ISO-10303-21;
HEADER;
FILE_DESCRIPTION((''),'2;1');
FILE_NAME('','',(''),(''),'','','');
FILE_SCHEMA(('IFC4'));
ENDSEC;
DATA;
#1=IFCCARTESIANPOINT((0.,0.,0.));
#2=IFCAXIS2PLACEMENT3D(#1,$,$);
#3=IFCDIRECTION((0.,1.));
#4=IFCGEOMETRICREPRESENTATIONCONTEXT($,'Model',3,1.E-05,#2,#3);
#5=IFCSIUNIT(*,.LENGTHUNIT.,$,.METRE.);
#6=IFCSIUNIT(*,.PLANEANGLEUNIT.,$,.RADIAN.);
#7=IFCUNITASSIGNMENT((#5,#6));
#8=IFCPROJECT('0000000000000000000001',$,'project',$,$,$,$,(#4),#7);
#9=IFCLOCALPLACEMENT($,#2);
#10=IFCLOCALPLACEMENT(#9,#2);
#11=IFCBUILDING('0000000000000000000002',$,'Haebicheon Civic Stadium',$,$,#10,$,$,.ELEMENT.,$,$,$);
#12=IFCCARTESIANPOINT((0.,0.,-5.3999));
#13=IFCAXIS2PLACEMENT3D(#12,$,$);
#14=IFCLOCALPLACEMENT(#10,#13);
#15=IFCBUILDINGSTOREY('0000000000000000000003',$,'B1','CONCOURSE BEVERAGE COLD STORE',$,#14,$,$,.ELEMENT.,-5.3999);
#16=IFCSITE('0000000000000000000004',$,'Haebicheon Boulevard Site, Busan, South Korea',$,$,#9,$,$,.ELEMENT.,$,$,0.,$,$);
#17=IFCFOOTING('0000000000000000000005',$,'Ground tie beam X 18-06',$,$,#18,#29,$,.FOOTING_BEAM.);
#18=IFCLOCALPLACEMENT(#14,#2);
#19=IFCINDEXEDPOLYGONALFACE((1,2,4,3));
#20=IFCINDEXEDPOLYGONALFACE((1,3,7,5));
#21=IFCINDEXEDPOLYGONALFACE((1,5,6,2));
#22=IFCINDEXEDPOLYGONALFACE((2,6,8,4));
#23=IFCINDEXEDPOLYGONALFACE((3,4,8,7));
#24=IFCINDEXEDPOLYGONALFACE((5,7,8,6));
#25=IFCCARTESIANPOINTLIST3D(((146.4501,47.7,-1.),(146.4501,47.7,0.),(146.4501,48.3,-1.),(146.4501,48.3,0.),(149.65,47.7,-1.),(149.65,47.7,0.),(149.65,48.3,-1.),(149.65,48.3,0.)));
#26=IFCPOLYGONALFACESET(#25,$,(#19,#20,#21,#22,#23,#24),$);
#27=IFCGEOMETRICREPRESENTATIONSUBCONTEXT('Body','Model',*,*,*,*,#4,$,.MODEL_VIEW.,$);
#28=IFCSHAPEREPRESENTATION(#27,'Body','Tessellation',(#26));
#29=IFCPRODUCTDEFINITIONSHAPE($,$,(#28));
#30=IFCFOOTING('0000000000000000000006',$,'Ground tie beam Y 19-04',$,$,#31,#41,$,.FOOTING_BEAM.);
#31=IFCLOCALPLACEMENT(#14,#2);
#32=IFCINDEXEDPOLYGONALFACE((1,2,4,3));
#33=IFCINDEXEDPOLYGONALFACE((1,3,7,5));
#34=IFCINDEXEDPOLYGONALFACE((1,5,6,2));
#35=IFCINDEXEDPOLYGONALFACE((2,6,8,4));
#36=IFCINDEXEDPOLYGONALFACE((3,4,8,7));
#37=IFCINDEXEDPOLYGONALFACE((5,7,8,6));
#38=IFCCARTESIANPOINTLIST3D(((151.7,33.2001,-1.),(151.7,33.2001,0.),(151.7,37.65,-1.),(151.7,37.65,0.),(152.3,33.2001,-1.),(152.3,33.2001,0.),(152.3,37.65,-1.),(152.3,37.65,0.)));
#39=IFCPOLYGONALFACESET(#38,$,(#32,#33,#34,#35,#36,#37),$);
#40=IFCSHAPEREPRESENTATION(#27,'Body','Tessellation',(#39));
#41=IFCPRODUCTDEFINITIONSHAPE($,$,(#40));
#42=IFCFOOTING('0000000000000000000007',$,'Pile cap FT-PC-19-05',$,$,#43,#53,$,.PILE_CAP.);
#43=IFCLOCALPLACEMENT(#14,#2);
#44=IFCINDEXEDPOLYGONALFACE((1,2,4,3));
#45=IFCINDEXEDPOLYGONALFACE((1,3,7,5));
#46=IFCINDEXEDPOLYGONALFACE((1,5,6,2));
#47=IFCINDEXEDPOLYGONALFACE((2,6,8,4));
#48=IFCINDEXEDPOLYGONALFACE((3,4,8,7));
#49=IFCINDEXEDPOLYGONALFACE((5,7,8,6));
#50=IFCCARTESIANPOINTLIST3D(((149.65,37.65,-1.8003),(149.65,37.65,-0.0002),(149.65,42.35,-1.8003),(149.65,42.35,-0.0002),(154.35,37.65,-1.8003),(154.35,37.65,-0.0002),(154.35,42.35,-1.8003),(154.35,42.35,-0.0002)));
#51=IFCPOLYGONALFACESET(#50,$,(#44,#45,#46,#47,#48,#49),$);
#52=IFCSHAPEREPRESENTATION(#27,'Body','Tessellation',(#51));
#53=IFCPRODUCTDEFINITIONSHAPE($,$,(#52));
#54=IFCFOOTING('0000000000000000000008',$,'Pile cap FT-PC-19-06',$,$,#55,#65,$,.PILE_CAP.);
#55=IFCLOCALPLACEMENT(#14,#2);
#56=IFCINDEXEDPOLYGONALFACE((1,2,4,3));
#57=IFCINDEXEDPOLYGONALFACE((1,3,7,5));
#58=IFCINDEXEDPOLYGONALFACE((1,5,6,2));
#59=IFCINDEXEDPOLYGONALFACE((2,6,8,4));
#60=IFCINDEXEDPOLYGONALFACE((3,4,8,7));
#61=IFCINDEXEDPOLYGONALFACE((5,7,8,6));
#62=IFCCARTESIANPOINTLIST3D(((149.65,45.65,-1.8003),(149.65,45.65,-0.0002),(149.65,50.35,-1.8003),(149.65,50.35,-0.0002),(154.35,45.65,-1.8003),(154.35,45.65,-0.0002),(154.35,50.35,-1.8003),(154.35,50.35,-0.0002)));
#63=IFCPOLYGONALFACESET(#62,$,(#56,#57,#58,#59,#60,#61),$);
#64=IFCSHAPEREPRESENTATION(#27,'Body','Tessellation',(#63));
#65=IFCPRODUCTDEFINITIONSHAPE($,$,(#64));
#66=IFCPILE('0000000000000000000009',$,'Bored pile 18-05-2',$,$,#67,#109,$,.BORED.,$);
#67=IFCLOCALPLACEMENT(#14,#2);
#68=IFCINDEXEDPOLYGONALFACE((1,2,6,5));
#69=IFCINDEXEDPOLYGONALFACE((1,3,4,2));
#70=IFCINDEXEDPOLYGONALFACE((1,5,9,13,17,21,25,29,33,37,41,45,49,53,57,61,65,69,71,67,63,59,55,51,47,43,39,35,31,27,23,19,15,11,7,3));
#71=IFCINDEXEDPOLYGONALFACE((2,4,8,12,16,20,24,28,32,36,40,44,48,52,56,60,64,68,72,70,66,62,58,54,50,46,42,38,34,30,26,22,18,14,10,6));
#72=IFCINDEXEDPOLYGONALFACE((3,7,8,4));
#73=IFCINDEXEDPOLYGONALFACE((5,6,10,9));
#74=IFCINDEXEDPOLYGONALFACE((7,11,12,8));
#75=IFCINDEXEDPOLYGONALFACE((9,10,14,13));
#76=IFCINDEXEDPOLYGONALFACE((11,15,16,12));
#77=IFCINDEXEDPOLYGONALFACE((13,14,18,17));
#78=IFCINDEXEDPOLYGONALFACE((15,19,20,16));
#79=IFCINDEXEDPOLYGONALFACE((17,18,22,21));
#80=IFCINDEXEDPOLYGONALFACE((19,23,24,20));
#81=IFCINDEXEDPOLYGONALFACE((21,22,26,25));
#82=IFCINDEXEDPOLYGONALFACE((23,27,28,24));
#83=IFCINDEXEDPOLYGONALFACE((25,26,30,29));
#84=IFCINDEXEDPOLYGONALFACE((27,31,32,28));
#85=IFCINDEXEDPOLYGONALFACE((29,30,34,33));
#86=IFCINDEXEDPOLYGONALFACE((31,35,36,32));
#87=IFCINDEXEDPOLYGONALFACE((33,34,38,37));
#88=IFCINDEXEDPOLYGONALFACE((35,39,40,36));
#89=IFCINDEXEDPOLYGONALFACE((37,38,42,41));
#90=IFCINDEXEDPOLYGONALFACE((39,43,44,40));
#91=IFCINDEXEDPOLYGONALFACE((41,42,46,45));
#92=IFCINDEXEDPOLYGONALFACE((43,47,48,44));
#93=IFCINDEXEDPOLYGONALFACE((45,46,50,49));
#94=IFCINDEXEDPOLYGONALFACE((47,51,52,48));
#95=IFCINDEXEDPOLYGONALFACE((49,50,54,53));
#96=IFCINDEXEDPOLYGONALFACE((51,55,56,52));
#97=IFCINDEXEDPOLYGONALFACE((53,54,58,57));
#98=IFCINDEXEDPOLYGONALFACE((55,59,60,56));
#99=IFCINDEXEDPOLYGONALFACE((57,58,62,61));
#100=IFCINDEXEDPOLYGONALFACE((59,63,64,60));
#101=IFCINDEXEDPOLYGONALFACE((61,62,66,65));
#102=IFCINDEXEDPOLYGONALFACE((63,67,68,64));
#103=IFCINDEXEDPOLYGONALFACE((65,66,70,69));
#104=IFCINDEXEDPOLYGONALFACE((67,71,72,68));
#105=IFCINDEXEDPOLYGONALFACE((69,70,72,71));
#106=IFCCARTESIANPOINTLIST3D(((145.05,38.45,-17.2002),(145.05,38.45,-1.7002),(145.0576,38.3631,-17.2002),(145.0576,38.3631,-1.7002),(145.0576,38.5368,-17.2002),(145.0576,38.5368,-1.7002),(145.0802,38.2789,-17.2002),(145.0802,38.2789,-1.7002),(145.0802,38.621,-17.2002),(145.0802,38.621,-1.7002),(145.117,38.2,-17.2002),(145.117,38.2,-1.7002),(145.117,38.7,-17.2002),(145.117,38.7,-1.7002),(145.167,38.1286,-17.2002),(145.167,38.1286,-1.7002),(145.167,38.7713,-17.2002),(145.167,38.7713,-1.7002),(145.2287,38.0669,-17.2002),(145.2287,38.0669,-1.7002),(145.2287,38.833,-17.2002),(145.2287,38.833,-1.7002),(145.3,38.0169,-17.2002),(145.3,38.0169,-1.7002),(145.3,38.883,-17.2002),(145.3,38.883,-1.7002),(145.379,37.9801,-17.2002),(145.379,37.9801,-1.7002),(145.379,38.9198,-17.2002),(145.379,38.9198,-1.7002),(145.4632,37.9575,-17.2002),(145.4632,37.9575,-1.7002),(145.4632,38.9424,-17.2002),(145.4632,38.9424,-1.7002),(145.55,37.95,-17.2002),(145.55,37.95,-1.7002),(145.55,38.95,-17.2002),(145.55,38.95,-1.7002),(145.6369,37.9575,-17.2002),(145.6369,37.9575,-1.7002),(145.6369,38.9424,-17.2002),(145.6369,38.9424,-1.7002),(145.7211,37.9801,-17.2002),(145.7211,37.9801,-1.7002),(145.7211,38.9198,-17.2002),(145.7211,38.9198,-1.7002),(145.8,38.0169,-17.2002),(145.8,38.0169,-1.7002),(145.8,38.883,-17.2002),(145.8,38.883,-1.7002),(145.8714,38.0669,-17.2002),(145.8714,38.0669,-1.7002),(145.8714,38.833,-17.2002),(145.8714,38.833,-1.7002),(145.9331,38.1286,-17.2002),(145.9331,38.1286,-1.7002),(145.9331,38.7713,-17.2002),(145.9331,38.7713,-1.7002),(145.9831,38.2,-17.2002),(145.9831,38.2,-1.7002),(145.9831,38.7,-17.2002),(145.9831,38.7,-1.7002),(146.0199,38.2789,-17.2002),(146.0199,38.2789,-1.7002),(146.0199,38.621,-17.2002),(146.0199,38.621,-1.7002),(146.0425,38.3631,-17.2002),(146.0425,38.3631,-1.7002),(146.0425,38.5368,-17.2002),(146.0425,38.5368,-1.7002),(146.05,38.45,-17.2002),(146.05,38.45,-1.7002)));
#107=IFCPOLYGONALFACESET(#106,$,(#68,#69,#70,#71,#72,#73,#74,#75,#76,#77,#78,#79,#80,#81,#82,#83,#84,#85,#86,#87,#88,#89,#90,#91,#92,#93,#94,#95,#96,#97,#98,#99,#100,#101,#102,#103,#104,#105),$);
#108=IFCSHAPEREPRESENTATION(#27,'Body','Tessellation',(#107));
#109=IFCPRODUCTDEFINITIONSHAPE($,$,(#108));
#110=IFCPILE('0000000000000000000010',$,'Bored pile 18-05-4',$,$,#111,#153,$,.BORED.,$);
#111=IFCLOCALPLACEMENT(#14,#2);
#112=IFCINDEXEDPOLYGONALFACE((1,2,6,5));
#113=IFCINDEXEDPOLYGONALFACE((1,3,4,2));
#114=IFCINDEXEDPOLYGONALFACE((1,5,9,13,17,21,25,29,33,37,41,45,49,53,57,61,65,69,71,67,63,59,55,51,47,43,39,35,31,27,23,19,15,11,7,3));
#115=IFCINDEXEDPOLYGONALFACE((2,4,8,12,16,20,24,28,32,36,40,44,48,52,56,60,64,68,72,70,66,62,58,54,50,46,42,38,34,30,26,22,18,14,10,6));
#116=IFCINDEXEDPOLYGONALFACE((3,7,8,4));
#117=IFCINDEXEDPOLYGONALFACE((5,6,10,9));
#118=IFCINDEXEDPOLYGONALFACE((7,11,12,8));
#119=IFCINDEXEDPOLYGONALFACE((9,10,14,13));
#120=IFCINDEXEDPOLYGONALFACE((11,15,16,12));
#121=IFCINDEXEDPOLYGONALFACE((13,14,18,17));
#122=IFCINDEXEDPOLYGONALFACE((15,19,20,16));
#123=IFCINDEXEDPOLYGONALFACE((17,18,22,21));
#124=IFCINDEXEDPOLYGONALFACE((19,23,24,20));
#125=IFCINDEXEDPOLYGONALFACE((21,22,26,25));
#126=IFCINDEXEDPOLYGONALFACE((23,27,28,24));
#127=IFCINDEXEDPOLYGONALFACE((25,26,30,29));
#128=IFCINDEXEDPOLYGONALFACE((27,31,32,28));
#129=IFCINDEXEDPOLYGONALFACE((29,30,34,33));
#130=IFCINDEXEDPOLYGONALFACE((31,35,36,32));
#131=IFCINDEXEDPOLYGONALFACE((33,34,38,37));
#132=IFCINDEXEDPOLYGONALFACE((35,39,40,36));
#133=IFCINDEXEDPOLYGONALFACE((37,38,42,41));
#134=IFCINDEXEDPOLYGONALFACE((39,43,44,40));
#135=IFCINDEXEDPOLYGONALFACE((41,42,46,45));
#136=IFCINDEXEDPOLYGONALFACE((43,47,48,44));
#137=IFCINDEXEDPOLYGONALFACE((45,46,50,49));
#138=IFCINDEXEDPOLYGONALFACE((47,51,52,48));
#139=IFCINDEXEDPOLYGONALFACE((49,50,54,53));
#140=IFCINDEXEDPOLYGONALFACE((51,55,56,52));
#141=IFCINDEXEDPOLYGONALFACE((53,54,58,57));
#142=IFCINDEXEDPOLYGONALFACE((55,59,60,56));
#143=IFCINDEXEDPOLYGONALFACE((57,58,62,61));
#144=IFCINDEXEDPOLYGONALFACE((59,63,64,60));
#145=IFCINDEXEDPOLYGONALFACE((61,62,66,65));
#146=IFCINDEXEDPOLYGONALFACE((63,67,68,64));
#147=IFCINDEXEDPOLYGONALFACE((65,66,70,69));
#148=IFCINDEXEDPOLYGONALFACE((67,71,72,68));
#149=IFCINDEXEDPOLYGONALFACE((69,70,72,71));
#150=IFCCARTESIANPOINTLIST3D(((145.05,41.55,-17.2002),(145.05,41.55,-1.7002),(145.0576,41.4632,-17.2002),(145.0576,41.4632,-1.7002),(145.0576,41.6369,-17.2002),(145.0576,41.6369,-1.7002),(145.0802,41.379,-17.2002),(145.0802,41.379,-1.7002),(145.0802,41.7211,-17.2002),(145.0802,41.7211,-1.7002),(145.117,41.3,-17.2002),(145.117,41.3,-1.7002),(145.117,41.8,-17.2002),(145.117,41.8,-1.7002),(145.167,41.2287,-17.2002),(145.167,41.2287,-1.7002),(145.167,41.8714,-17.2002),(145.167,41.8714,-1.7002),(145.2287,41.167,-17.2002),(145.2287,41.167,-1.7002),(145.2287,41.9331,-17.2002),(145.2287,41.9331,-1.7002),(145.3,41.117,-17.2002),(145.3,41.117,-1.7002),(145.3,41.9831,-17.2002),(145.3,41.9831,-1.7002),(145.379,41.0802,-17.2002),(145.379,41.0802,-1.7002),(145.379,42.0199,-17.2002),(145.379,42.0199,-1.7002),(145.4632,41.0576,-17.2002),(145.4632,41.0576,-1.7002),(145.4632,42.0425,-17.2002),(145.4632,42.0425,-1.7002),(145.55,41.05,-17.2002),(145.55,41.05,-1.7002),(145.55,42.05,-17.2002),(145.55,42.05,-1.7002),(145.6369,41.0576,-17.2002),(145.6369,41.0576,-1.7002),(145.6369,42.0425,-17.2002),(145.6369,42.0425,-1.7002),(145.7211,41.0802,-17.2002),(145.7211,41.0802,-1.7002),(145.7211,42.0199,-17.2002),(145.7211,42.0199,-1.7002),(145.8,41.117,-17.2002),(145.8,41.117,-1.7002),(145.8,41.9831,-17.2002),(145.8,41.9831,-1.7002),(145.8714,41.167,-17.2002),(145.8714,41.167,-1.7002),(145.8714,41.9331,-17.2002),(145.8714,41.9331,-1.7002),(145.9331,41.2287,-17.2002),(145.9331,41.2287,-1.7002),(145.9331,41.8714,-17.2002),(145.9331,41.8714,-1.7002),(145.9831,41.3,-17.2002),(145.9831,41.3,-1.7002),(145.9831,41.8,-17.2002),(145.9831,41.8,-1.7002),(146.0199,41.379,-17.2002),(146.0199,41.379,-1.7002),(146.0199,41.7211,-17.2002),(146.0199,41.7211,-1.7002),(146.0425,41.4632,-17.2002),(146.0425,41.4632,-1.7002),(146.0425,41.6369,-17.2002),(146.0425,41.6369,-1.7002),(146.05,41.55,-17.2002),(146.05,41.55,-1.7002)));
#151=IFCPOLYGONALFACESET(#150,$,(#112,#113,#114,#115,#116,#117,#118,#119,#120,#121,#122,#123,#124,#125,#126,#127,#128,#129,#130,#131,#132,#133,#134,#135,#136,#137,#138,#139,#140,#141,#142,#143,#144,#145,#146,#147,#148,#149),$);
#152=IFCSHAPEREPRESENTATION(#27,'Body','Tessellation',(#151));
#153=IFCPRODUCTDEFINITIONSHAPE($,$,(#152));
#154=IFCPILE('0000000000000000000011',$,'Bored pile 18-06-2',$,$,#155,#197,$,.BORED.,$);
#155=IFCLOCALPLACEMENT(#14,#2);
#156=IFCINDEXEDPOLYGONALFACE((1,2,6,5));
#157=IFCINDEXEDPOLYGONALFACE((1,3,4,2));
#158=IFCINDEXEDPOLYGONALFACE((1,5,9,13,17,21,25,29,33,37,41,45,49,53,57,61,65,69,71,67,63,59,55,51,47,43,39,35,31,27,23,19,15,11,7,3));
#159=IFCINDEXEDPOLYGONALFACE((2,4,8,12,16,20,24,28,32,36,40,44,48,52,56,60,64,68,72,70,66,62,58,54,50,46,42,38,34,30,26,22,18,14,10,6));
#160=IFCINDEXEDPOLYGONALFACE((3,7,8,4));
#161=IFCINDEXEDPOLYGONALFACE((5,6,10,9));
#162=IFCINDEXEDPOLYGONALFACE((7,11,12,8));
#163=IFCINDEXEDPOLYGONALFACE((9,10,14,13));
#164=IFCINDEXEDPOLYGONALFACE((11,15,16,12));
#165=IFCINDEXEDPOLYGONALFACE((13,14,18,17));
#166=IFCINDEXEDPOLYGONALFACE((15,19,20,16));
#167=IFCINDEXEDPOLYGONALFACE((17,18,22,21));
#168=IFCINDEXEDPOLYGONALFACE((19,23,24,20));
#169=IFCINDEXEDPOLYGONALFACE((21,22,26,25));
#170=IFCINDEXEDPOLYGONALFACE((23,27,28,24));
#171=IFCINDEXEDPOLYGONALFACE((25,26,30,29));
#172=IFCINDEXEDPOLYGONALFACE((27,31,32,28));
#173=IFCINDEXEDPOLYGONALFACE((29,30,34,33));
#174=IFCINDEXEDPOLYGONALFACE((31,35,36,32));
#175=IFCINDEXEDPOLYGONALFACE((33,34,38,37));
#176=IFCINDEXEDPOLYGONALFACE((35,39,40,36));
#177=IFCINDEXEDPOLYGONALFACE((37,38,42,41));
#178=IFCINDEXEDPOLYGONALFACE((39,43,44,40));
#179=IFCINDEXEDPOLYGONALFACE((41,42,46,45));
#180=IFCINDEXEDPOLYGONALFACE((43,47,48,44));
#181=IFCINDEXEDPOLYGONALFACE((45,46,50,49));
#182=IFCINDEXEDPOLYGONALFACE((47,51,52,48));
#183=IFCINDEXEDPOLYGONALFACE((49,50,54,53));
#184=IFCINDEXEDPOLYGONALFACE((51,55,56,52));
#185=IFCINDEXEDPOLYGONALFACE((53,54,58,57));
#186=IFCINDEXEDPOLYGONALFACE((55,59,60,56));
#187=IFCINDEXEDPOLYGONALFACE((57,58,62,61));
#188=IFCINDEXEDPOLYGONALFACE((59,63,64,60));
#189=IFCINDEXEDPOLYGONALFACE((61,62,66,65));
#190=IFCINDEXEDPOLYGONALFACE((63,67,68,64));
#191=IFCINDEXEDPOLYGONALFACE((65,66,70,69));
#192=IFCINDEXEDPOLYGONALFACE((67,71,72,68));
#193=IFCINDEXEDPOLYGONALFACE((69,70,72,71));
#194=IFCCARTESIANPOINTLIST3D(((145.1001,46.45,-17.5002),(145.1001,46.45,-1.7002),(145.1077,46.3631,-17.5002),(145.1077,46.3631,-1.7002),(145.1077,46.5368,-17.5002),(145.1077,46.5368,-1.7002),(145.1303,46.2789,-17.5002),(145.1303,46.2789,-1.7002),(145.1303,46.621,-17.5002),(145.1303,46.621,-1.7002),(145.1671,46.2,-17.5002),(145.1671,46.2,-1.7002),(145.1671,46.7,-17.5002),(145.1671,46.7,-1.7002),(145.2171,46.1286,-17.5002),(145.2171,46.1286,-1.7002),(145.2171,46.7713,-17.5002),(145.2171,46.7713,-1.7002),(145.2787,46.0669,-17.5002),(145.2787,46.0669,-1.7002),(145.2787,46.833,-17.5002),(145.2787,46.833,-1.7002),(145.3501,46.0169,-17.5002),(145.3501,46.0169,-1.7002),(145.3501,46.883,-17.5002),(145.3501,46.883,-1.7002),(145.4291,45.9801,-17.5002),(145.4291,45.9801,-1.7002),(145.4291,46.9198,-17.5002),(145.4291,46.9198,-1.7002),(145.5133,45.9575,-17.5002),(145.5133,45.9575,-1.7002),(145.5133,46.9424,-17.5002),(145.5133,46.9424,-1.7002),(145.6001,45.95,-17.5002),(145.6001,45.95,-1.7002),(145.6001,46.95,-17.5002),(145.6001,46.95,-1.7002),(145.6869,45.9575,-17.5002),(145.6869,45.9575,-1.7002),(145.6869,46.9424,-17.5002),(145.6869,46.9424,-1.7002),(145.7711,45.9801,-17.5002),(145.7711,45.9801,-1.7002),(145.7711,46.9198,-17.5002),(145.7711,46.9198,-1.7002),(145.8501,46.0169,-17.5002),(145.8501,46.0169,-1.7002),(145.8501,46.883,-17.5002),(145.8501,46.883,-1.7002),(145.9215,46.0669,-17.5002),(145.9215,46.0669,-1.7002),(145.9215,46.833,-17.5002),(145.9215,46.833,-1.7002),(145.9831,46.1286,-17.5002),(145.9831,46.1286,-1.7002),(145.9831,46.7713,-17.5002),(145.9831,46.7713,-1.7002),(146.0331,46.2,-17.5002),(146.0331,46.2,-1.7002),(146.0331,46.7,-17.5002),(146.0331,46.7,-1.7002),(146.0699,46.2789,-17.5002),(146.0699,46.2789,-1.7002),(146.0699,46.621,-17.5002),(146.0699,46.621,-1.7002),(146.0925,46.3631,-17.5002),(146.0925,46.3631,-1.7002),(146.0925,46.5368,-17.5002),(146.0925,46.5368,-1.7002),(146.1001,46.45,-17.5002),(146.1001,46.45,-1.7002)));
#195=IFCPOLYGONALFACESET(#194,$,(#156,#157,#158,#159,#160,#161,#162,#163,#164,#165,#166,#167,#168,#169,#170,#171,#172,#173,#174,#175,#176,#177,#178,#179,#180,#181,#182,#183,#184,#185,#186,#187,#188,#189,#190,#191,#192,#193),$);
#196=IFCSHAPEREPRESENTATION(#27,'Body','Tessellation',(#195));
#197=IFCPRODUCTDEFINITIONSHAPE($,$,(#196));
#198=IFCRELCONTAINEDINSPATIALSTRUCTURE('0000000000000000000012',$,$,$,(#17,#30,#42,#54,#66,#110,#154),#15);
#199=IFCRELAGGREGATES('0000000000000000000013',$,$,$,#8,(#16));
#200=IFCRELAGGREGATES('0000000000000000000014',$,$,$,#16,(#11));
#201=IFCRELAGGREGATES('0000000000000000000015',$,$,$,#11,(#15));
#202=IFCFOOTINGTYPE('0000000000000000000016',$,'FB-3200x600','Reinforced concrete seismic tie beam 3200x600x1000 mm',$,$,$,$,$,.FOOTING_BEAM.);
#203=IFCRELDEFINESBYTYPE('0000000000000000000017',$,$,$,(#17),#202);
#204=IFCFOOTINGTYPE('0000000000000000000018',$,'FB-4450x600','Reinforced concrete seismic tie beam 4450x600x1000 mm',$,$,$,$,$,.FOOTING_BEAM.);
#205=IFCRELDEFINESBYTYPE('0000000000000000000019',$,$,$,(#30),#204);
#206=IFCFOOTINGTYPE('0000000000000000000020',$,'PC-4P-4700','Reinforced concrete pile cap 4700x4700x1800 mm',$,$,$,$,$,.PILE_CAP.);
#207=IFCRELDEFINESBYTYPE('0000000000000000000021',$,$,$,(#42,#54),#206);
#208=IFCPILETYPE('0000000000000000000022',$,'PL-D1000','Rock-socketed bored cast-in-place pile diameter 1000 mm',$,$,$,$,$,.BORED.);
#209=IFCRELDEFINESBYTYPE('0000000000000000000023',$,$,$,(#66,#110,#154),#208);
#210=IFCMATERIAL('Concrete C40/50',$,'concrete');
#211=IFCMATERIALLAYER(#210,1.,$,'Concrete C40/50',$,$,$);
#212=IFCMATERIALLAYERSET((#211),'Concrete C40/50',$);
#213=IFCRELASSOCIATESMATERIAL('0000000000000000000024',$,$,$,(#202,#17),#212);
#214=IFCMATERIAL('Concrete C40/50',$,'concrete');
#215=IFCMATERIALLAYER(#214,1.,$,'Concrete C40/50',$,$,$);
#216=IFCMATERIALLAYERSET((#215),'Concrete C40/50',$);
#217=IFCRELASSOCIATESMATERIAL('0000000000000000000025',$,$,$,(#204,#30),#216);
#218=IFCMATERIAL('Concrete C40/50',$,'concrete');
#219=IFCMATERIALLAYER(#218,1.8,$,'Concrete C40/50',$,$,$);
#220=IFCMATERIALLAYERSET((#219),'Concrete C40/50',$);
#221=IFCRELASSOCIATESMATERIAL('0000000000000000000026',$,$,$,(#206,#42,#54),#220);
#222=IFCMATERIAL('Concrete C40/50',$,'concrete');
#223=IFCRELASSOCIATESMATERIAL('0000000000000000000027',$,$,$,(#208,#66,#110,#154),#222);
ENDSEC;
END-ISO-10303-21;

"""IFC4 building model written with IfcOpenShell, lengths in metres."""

from ifc_helpers import new_model, si_unit, direction, frame, origin, origin_2d, place, context, subcontext, project, spatial, rectangle, circle, extrude, material, layer, layer_set, material_profile, profile_set, type_object, element, save


model = new_model("IFC4")

# Units and contexts
model_context = context("Model", 3, precision=1e-05, world=origin(), true_north=direction((0.0, 1.0)))
body_context = subcontext(model_context, "Body", "Model", "MODEL_VIEW")
ifc_project = project(units=[si_unit("LENGTHUNIT", "METRE"), si_unit("PLANEANGLEUNIT", "RADIAN")], contexts=[model_context])

# Site, building, storey
site_placement = place(None, origin())
site = spatial("IfcSite", under=ifc_project, at=site_placement, Name="Haebicheon Boulevard Site, Busan, South Korea", CompositionType="ELEMENT", RefElevation=0.0)
building_placement = place(site_placement, origin())
building = spatial("IfcBuilding", under=site, at=building_placement, Name="Haebicheon Civic Stadium", CompositionType="ELEMENT")
storey_placement = place(building_placement, frame((0.0, 0.0, -5.3999)))
storey = spatial("IfcBuildingStorey", under=building, at=storey_placement, Name="B1", Description="CONCOURSE BEVERAGE COLD STORE", CompositionType="ELEMENT", Elevation=-5.3999)

# Footings
ifc_material_1 = material(Name="Concrete C40/50", Category="concrete")
ifc_layer_1 = layer(ifc_material_1, 1.0, Name="Concrete C40/50")
ifc_layer_set_1 = layer_set([ifc_layer_1], Name="Concrete C40/50")
footing_type_1 = type_object("IfcFootingType", Name="FB-3200x600", Description="Reinforced concrete seismic tie beam 3200x600x1000 mm", PredefinedType="FOOTING_BEAM", material=ifc_layer_set_1)
footing_1_placement = place(storey_placement, frame((148.05, 48.0, -1.0), z_axis=(0.0, 0.0, 1.0), x_axis=(1.0, 0.0, 0.0)))
element("IfcFooting", 1, at=footing_1_placement, inside=storey, type_object=footing_type_1, material=ifc_layer_set_1, Name="Ground tie beam X 18-06", PredefinedType="FOOTING_BEAM", context=body_context, shape_type="SweptSolid", body=[
    extrude(rectangle(XDim=3.2, YDim=0.6001, at=origin_2d()), origin(), (0.0, 0.0, 1.0), 1.0),
])
ifc_material_2 = material(Name="Concrete C40/50", Category="concrete")
ifc_layer_2 = layer(ifc_material_2, 1.0, Name="Concrete C40/50")
ifc_layer_set_2 = layer_set([ifc_layer_2], Name="Concrete C40/50")
footing_type_2 = type_object("IfcFootingType", Name="FB-4450x600", Description="Reinforced concrete seismic tie beam 4450x600x1000 mm", PredefinedType="FOOTING_BEAM", material=ifc_layer_set_2)
footing_2_placement = place(storey_placement, frame((152.0, 35.425, -1.0), z_axis=(0.0, 0.0, 1.0), x_axis=(0.0, 1.0, 0.0)))
element("IfcFooting", 2, at=footing_2_placement, inside=storey, type_object=footing_type_2, material=ifc_layer_set_2, Name="Ground tie beam Y 19-04", PredefinedType="FOOTING_BEAM", context=body_context, shape_type="SweptSolid", body=[
    extrude(rectangle(XDim=4.45, YDim=0.6001, at=origin_2d()), origin(), (0.0, 0.0, 1.0), 1.0),
])
ifc_material_3 = material(Name="Concrete C40/50", Category="concrete")
ifc_layer_3 = layer(ifc_material_3, 1.8, Name="Concrete C40/50")
ifc_layer_set_3 = layer_set([ifc_layer_3], Name="Concrete C40/50")
footing_type_3 = type_object("IfcFootingType", Name="PC-4P-4700", Description="Reinforced concrete pile cap 4700x4700x1800 mm", PredefinedType="PILE_CAP", material=ifc_layer_set_3)
for number, where, z_axis, x_axis, name in (
    (3, (152.0, 40.0, -1.8003), (0.0, 0.0, 1.0), (1.0, 0.0, 0.0), "Pile cap FT-PC-19-05"),
    (4, (152.0, 48.0, -1.8003), (0.0, 0.0, 1.0), (1.0, 0.0, 0.0), "Pile cap FT-PC-19-06"),
):
    element("IfcFooting", number, at=place(storey_placement, frame(where, z_axis=z_axis, x_axis=x_axis)), inside=storey, type_object=footing_type_3, material=ifc_layer_set_3, Name=name, PredefinedType="PILE_CAP", context=body_context, shape_type="SweptSolid", body=[
        extrude(rectangle(XDim=4.7, YDim=4.7, at=origin_2d()), origin(), (0.0, 0.0, 1.0), 1.8),
    ])

# Piles
ifc_material_4 = material(Name="Concrete C40/50", Category="concrete")
ifc_material_profile_1 = material_profile(ifc_material_4, circle(Radius=0.5, at=origin_2d()), Name="PILE-D1000")
ifc_profile_set_1 = profile_set([ifc_material_profile_1], Name="Concrete C40/50")
pile_type = type_object("IfcPileType", Name="PL-D1000", Description="Rock-socketed bored cast-in-place pile diameter 1000 mm", PredefinedType="BORED", material=ifc_profile_set_1)
for number, where, z_axis, x_axis, name in (
    (5, (145.55, 38.45, -1.7002), (0.0, 0.0, -1.0), (1.0, 0.0, 0.0), "Bored pile 18-05-2"),
    (6, (145.55, 41.55, -1.7002), (0.0, 0.0, -1.0), (1.0, 0.0, 0.0), "Bored pile 18-05-4"),
):
    element("IfcPile", number, at=place(storey_placement, frame(where, z_axis=z_axis, x_axis=x_axis)), inside=storey, type_object=pile_type, material=ifc_profile_set_1, Name=name, PredefinedType="BORED", context=body_context, shape_type="SweptSolid", body=[
        extrude(circle(Radius=0.5, at=origin_2d()), origin(), (0.0, 0.0, 1.0), 15.5),
    ])
pile_placement = place(storey_placement, frame((145.6001, 46.45, -1.7002), z_axis=(0.0, 0.0, -1.0), x_axis=(1.0, 0.0, 0.0)))
element("IfcPile", 7, at=pile_placement, inside=storey, type_object=pile_type, material=ifc_profile_set_1, Name="Bored pile 18-06-2", PredefinedType="BORED", context=body_context, shape_type="SweptSolid", body=[
    extrude(circle(Radius=0.5, at=origin_2d()), origin(), (0.0, 0.0, 1.0), 15.8),
])

save(model, "model.ifc")
